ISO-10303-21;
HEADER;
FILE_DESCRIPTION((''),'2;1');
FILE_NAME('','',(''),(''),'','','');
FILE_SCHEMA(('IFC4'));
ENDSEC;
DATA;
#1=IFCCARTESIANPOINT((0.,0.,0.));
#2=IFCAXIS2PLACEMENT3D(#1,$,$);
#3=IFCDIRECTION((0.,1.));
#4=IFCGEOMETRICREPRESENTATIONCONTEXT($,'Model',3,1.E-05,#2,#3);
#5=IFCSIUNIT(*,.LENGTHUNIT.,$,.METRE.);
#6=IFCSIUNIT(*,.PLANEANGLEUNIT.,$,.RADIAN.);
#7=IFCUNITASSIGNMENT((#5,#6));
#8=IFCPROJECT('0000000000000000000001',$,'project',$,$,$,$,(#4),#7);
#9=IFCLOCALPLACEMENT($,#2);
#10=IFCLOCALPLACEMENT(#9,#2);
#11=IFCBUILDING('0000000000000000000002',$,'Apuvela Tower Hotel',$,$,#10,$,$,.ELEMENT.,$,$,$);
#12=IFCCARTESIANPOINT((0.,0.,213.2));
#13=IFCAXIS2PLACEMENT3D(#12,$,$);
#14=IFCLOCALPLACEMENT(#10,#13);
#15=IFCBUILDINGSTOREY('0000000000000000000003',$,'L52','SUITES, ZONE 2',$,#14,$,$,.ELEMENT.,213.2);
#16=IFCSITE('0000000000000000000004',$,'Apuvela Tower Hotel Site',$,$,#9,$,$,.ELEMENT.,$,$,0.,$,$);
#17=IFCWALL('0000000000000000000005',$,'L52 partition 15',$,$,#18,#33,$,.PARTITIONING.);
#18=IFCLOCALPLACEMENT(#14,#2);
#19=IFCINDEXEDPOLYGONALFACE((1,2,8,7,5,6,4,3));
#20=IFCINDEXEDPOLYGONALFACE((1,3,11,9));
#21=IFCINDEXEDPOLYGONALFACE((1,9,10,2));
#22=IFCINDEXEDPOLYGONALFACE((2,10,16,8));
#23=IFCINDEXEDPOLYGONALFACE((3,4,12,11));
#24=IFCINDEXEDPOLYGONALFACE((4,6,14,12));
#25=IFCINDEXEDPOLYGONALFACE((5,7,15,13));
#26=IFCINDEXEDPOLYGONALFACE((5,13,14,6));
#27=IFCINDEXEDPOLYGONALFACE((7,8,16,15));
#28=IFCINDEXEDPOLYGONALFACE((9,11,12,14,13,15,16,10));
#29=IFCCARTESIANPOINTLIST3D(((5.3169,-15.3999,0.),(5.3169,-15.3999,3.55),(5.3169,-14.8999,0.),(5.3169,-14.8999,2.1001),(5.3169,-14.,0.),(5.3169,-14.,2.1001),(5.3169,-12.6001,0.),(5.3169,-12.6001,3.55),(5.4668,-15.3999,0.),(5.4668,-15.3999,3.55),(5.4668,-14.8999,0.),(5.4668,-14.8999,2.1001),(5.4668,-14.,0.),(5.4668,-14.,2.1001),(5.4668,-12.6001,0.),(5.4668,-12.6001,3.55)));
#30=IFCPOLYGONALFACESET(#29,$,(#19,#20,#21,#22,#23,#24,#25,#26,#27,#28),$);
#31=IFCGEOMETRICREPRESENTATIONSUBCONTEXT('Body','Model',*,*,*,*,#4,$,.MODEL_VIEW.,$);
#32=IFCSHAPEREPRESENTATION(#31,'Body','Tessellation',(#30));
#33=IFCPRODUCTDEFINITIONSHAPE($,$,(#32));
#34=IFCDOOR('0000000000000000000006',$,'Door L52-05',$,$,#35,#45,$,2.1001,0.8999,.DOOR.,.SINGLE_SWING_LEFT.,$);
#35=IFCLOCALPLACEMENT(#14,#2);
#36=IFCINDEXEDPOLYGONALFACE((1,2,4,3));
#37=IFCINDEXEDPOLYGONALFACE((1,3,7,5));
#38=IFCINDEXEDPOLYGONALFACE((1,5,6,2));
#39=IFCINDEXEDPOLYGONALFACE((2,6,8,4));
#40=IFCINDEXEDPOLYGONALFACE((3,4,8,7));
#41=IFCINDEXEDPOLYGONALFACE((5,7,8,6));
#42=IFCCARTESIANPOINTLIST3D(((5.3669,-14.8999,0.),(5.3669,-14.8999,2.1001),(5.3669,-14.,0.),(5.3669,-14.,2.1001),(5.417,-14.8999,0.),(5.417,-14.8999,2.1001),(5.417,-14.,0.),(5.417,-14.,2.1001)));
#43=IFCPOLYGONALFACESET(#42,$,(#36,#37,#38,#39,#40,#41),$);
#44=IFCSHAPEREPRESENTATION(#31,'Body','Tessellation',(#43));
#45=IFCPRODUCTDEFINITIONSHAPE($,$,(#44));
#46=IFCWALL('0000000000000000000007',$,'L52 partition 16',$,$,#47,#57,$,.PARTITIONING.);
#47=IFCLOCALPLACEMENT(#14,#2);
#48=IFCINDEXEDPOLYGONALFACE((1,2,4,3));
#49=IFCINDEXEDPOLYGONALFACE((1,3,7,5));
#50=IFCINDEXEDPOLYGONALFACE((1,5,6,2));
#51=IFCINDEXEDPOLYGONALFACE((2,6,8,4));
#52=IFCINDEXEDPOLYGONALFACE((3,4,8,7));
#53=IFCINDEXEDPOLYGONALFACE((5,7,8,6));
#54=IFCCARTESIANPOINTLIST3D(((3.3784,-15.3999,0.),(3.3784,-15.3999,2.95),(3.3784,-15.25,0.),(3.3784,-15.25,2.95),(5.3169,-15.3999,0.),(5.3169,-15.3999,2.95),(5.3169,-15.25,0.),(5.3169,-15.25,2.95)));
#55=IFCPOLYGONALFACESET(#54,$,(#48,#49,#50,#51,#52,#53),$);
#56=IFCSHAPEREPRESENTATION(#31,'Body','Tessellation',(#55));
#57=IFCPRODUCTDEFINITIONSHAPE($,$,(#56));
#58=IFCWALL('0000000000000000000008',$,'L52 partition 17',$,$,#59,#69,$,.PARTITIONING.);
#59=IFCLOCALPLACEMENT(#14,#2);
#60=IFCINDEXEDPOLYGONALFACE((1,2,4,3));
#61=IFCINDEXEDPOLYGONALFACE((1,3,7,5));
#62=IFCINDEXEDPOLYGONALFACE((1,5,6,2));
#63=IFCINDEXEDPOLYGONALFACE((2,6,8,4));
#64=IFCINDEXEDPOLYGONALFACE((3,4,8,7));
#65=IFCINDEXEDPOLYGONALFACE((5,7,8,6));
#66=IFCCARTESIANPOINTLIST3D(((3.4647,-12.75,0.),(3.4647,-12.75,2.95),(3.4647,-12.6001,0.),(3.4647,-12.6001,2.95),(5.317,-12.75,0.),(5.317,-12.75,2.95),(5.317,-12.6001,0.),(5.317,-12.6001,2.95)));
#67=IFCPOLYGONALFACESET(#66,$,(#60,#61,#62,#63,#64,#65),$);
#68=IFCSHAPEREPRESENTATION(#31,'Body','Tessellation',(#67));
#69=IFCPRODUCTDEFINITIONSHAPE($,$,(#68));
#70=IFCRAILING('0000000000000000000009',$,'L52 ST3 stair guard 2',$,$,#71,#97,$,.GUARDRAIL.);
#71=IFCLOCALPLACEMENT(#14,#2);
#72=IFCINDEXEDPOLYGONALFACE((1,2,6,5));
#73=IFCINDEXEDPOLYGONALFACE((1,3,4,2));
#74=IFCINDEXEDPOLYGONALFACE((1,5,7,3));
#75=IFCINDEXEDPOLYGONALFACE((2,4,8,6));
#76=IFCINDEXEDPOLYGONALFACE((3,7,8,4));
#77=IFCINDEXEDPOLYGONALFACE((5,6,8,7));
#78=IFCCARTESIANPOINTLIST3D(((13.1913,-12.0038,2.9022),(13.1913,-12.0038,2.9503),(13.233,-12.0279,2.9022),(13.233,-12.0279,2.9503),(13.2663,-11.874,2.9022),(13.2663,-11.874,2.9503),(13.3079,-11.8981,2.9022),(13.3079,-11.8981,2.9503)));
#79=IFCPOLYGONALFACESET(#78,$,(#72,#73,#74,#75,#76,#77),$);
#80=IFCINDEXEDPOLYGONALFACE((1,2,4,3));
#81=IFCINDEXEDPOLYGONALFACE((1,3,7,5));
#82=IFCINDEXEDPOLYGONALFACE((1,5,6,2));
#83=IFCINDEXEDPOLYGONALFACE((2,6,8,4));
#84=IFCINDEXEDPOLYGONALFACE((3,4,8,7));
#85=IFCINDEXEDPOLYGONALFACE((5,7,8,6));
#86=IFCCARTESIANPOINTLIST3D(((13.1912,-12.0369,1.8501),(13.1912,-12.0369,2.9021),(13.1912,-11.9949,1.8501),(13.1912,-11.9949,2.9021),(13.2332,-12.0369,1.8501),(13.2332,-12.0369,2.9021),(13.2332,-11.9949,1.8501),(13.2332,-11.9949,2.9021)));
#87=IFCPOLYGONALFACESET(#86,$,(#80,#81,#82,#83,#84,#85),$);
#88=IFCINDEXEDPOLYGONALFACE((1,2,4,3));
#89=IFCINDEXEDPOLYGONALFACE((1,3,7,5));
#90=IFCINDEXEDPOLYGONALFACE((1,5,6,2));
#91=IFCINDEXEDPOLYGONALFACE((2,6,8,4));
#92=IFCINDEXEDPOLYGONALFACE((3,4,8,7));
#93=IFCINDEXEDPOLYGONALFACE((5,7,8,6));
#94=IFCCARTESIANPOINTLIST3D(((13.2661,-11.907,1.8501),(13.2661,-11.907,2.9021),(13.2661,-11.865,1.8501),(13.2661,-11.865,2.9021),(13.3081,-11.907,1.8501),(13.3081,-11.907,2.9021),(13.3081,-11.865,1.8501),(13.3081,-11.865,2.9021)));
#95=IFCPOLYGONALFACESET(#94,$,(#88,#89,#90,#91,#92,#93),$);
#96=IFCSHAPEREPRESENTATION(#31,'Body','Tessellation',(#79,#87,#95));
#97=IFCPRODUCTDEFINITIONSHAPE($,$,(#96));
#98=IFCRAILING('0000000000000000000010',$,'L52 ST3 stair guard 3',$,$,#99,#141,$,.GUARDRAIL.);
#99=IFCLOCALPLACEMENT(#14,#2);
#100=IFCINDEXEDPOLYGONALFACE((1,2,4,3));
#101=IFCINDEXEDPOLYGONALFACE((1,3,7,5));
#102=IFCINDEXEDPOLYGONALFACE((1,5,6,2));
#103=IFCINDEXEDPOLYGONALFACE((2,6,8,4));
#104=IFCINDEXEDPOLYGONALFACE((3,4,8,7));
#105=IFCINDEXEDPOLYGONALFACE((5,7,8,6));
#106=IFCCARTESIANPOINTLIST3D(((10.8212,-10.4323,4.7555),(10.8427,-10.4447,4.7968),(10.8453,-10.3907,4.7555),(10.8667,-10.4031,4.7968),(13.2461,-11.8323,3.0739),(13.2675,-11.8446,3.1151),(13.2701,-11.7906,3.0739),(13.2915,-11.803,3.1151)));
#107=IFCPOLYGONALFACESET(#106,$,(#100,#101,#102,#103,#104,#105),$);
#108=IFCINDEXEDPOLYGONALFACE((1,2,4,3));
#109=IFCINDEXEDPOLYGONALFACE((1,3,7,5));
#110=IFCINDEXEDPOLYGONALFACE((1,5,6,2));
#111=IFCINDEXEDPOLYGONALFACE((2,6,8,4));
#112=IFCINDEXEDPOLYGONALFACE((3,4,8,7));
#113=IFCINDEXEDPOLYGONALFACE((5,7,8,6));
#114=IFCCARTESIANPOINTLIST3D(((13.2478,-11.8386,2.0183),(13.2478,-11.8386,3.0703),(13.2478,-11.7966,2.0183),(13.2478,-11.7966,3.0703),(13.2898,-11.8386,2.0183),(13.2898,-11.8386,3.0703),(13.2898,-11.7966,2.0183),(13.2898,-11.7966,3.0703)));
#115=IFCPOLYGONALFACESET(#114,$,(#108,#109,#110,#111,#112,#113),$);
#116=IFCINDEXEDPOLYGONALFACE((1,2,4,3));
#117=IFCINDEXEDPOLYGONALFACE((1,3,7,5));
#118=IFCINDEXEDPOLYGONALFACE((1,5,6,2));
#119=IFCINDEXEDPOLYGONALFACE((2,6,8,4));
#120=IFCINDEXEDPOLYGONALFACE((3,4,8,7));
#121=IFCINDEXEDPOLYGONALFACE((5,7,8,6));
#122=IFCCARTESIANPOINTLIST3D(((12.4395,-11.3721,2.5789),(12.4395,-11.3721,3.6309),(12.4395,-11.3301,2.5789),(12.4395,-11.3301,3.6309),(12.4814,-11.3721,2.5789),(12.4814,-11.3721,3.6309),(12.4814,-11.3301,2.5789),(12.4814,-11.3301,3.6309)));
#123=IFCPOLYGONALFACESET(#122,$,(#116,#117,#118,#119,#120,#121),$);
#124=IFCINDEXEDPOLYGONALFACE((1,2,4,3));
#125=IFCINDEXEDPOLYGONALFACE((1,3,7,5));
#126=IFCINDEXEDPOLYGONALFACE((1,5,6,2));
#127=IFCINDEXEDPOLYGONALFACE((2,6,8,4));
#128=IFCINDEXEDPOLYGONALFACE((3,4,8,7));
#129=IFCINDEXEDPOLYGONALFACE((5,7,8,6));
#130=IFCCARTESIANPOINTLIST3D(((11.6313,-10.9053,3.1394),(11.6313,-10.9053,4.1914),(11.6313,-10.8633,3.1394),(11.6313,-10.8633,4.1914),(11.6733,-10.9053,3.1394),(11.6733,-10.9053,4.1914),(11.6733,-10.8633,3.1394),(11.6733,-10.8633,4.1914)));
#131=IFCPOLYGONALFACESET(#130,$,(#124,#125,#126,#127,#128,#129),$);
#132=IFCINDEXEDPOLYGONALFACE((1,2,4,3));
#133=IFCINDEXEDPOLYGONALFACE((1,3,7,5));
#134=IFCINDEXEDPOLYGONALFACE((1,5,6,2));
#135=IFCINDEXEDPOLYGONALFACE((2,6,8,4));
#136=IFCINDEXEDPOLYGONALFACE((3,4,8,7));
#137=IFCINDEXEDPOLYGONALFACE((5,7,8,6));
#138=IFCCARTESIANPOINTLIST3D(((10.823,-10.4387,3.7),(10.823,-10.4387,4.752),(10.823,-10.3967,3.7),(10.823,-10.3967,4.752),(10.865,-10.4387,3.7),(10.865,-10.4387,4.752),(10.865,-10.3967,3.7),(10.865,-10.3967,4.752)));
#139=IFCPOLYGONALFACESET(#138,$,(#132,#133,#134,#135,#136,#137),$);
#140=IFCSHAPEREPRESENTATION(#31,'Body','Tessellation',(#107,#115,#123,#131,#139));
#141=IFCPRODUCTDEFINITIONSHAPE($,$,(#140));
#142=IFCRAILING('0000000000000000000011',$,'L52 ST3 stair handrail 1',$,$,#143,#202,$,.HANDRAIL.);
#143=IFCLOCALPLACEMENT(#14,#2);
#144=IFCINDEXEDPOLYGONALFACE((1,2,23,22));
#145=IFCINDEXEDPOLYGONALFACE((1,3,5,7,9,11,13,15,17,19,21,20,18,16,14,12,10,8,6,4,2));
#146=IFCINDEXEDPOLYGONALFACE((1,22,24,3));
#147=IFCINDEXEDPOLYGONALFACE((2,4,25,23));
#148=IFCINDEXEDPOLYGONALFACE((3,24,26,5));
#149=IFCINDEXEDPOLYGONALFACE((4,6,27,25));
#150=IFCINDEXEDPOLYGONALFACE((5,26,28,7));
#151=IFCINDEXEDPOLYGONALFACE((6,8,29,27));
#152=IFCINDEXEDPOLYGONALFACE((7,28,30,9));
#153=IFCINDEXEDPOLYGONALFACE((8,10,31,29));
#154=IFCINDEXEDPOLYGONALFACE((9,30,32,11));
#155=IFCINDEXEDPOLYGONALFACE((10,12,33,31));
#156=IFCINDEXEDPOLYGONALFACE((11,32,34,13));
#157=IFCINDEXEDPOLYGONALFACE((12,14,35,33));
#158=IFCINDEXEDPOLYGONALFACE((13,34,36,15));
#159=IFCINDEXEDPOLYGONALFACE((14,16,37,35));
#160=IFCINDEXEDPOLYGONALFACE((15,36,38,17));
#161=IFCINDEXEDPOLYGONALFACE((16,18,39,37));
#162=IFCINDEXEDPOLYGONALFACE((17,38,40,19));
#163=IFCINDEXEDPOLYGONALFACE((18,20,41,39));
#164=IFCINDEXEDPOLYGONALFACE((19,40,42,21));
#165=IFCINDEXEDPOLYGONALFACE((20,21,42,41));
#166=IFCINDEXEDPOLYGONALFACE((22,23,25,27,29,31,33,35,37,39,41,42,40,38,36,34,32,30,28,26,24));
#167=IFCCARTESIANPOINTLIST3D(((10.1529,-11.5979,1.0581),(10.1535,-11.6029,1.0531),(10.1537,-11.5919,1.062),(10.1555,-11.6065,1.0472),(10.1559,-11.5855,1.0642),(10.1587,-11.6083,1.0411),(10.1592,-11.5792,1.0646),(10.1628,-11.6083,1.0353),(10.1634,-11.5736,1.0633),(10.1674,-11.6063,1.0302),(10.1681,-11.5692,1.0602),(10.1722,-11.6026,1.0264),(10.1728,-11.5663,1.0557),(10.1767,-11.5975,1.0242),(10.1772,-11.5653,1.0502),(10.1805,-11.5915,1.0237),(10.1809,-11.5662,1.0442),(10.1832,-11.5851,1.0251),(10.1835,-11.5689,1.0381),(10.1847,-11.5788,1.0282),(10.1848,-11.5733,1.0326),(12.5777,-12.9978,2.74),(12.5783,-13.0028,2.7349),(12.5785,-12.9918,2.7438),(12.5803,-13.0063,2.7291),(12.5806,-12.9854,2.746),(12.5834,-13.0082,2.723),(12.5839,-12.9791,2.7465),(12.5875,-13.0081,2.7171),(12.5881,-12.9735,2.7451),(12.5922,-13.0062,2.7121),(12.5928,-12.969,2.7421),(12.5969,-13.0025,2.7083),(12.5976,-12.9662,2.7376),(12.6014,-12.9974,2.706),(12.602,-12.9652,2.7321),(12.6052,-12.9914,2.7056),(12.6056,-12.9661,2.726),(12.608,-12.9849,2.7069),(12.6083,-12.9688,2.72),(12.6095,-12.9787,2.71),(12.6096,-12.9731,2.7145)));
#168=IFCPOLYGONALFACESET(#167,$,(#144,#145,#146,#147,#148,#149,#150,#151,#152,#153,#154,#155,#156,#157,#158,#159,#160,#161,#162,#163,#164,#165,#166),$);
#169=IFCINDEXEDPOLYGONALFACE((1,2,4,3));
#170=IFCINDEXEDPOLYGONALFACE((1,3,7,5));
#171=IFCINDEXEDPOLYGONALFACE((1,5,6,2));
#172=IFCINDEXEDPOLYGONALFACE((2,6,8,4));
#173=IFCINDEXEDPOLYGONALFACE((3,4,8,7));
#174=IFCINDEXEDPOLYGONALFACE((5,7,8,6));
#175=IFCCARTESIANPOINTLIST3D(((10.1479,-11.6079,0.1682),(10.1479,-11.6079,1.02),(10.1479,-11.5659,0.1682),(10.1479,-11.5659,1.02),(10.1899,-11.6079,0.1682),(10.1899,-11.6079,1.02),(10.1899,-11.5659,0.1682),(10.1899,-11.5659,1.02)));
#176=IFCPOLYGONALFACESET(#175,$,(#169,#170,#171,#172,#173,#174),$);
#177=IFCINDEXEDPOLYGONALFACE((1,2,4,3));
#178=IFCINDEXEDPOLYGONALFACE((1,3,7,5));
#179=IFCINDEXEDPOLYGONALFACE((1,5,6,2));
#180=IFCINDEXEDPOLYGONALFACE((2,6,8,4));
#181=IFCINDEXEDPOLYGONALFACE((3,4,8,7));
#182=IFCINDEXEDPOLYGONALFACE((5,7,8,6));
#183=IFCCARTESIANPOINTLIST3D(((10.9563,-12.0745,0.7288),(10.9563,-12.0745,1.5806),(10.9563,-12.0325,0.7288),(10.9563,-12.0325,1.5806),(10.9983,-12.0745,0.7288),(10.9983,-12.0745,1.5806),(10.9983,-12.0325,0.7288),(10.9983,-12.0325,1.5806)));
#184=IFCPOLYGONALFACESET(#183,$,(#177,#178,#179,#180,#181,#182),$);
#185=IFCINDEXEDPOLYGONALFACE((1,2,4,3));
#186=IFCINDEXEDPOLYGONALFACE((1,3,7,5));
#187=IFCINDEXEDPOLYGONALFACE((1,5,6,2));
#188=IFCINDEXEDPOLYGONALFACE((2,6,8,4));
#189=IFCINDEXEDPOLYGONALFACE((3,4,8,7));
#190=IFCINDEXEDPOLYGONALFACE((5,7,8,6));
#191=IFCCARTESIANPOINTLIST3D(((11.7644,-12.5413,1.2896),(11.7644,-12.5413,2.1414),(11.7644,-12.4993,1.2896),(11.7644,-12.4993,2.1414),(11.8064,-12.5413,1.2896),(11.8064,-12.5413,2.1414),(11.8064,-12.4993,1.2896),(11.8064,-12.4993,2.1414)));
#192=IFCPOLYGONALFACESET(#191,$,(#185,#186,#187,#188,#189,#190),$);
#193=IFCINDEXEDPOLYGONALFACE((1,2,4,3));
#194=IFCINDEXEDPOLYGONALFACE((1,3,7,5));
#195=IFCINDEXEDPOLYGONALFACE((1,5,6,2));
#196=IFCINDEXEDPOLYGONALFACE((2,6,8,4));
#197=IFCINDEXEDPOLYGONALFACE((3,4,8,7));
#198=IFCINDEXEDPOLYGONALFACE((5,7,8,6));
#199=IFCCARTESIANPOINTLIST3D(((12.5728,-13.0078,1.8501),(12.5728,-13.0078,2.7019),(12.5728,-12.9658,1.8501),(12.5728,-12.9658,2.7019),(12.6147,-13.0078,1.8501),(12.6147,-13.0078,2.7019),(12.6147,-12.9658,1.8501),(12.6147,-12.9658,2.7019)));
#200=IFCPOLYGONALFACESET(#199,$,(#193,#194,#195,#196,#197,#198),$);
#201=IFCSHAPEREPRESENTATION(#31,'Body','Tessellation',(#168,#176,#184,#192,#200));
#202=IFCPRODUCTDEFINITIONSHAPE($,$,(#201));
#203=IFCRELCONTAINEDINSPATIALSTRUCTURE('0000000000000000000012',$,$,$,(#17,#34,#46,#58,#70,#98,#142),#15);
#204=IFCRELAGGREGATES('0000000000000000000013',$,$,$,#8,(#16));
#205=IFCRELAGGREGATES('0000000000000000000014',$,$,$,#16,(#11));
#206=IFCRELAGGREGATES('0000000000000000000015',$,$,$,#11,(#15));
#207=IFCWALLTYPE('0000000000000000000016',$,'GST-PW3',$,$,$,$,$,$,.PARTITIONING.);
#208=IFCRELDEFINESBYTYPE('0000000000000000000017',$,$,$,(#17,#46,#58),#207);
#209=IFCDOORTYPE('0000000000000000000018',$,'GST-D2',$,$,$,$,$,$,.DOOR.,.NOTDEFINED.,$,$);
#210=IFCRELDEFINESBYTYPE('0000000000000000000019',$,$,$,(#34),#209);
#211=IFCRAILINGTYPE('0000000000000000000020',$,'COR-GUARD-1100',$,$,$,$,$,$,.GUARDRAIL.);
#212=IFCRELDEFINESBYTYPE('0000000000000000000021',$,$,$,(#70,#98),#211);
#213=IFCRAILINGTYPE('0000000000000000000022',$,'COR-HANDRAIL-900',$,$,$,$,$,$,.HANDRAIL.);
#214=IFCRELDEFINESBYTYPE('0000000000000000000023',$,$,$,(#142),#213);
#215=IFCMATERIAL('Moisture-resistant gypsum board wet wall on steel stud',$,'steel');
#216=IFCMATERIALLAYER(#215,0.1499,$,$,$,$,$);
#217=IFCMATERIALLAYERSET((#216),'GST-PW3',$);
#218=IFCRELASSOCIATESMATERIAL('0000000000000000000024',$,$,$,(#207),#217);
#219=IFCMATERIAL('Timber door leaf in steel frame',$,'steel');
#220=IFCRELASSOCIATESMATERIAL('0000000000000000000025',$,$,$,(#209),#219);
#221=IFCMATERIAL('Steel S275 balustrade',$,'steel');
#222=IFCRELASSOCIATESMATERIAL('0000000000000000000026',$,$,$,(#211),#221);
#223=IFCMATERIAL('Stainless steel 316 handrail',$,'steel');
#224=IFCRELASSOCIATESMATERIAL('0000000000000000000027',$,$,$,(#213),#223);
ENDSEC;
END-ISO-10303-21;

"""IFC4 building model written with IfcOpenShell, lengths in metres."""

from ifc_helpers import new_model, si_unit, direction, frame, frame_2d, origin, origin_2d, place, context, subcontext, project, spatial, rectangle, circle, extrude, material, layer, layer_set, type_object, element, fill, save


model = new_model("IFC4")

# Units and contexts
model_context = context("Model", 3, precision=1e-05, world=origin(), true_north=direction((0.0, 1.0)))
body_context = subcontext(model_context, "Body", "Model", "MODEL_VIEW")
ifc_project = project(units=[si_unit("LENGTHUNIT", "METRE"), si_unit("PLANEANGLEUNIT", "RADIAN")], contexts=[model_context])

# Site, building, storey
site_placement = place(None, origin())
site = spatial("IfcSite", under=ifc_project, at=site_placement, Name="Apuvela Tower Hotel Site", CompositionType="ELEMENT", RefElevation=0.0)
building_placement = place(site_placement, origin())
building = spatial("IfcBuilding", under=site, at=building_placement, Name="Apuvela Tower Hotel", CompositionType="ELEMENT")
storey_placement = place(building_placement, frame((0.0, 0.0, 213.2)))
storey = spatial("IfcBuildingStorey", under=building, at=storey_placement, Name="L52", Description="SUITES, ZONE 2", CompositionType="ELEMENT", Elevation=213.2)

# Shared definitions
ifc_material_1 = material(Name="Moisture-resistant gypsum board wet wall on steel stud", Category="steel")
ifc_layer_1 = layer(ifc_material_1, 0.1499)
ifc_layer_set_1 = layer_set([ifc_layer_1], Name="GST-PW3")
wall_type_1 = type_object("IfcWallType", Name="GST-PW3", PredefinedType="PARTITIONING", material=ifc_layer_set_1)

# Wall, opening, door
wall_1_placement = place(storey_placement, frame((5.3918, -15.3999, 0.0), z_axis=(0.0, 0.0, 1.0), x_axis=(0.0, 1.0, 0.0)))
wall_1 = element("IfcWall", 1, at=wall_1_placement, inside=storey, type_object=wall_type_1, Name="L52 partition 15", PredefinedType="PARTITIONING", context=body_context, shape_type="SweptSolid", body=[
    extrude(rectangle(XDim=2.7998, YDim=0.1499, at=frame_2d((1.3999, 0.0))), origin(), (0.0, 0.0, 1.0), 3.55),
])
opening_1_placement = place(wall_1_placement, frame((0.5, 0.0, 0.0)))
opening_1 = element("IfcOpeningElement", 2, at=opening_1_placement, cuts=wall_1, PredefinedType="OPENING", context=body_context, shape_type="SweptSolid", body=[
    extrude(rectangle(XDim=0.8999, YDim=2.1001, at=frame_2d((0.45, 1.05))), frame((0.0, 0.085, 0.0), z_axis=(0.0, -1.0, 0.0), x_axis=(1.0, 0.0, 0.0)), (0.0, 0.0, 1.0), 0.1699),
])
ifc_material_2 = material(Name="Timber door leaf in steel frame", Category="steel")
door_type_1 = type_object("IfcDoorType", Name="GST-D2", OperationType="NOTDEFINED", PredefinedType="DOOR", material=ifc_material_2)
door_1_placement = place(opening_1_placement, origin())
door_1 = element("IfcDoor", 3, at=door_1_placement, inside=storey, type_object=door_type_1, Name="Door L52-05", OperationType="SINGLE_SWING_LEFT", OverallHeight=2.1001, OverallWidth=0.8999, PredefinedType="DOOR", context=body_context, shape_type="SweptSolid", body=[
    extrude(rectangle(XDim=0.8999, YDim=2.1001, at=frame_2d((0.45, 1.05))), frame((0.0, 0.0249, 0.0), z_axis=(0.0, -1.0, 0.0), x_axis=(1.0, 0.0, 0.0)), (0.0, 0.0, 1.0), 0.05),
])
fill(opening_1, door_1)

# Walls
wall_2_placement = place(storey_placement, frame((3.3784, -15.325, 0.0), z_axis=(0.0, 0.0, 1.0), x_axis=(1.0, 0.0, 0.0)))
element("IfcWall", 4, at=wall_2_placement, inside=storey, type_object=wall_type_1, Name="L52 partition 16", PredefinedType="PARTITIONING", context=body_context, shape_type="SweptSolid", body=[
    extrude(rectangle(XDim=1.9385, YDim=0.1499, at=frame_2d((0.9692, 0.0))), origin(), (0.0, 0.0, 1.0), 2.95),
])
wall_3_placement = place(storey_placement, frame((3.4646, -12.675, 0.0), z_axis=(0.0, 0.0, 1.0), x_axis=(1.0, 0.0, 0.0)))
element("IfcWall", 5, at=wall_3_placement, inside=storey, type_object=wall_type_1, Name="L52 partition 17", PredefinedType="PARTITIONING", context=body_context, shape_type="SweptSolid", body=[
    extrude(rectangle(XDim=1.8523, YDim=0.1499, at=frame_2d((0.9263, 0.0))), origin(), (0.0, 0.0, 1.0), 2.95),
])

# Railings
ifc_material_3 = material(Name="Steel S275 balustrade", Category="steel")
railing_type_1 = type_object("IfcRailingType", Name="COR-GUARD-1100", PredefinedType="GUARDRAIL", material=ifc_material_3)
railing_1_placement = place(storey_placement, frame((13.2122, -12.0159, 1.8501)))
element("IfcRailing", 6, at=railing_1_placement, inside=storey, type_object=railing_type_1, Name="L52 ST3 stair guard 2", PredefinedType="GUARDRAIL", context=body_context, shape_type="SweptSolid", body=[
    extrude(rectangle(XDim=0.0481, YDim=0.0481, at=origin_2d()), frame((0.0, 0.0, 1.0762), z_axis=(0.499816, 0.866131, 0.0), x_axis=(-0.866131, 0.499816, 0.0)), (0.0, 0.0, 1.0), 0.1499),
    extrude(rectangle(XDim=0.042, YDim=0.042, at=origin_2d()), origin(), (0.0, 0.0, 1.0), 1.052),
    extrude(rectangle(XDim=0.042, YDim=0.042, at=origin_2d()), frame((0.075, 0.1299, 0.0)), (0.0, 0.0, 1.0), 1.052),
])
railing_2_placement = place(storey_placement, frame((13.2688, -11.8176, 2.0183)))
element("IfcRailing", 7, at=railing_2_placement, inside=storey, type_object=railing_type_1, Name="L52 ST3 stair guard 3", PredefinedType="GUARDRAIL", context=body_context, shape_type="SweptSolid", body=[
    extrude(rectangle(XDim=0.0481, YDim=0.0481, at=origin_2d()), frame((0.0, 0.0, 1.0762), z_axis=(-0.742419, 0.428618, 0.514879), x_axis=(-0.499984, -0.866035, 0.0)), (0.0, 0.0, 1.0), 3.2661),
    extrude(rectangle(XDim=0.042, YDim=0.042, at=origin_2d()), origin(), (0.0, 0.0, 1.0), 1.052),
    extrude(rectangle(XDim=0.042, YDim=0.042, at=origin_2d()), frame((-0.8083, 0.4666, 0.5605)), (0.0, 0.0, 1.0), 1.052),
    extrude(rectangle(XDim=0.042, YDim=0.042, at=origin_2d()), frame((-1.6165, 0.9333, 1.1211)), (0.0, 0.0, 1.0), 1.052),
    extrude(rectangle(XDim=0.042, YDim=0.042, at=origin_2d()), frame((-2.4248, 1.3999, 1.6816)), (0.0, 0.0, 1.0), 1.052),
])
ifc_material_4 = material(Name="Stainless steel 316 handrail", Category="steel")
railing_type_2 = type_object("IfcRailingType", Name="COR-HANDRAIL-900", PredefinedType="HANDRAIL", material=ifc_material_4)
railing_3_placement = place(storey_placement, frame((10.1689, -11.5869, 0.1682)))
element("IfcRailing", 8, at=railing_3_placement, inside=storey, type_object=railing_type_2, Name="L52 ST3 stair handrail 1", PredefinedType="HANDRAIL", context=body_context, shape_type="SweptSolid", body=[
    extrude(circle(Radius=0.0239, at=origin_2d()), frame((0.0, 0.0, 0.876), z_axis=(0.74239, -0.428601, 0.514934), x_axis=(0.499984, 0.866035, 0.0)), (0.0, 0.0, 1.0), 3.2661),
    extrude(rectangle(XDim=0.042, YDim=0.042, at=origin_2d()), origin(), (0.0, 0.0, 1.0), 0.8518),
    extrude(rectangle(XDim=0.042, YDim=0.042, at=origin_2d()), frame((0.8083, -0.4666, 0.5605)), (0.0, 0.0, 1.0), 0.8518),
    extrude(rectangle(XDim=0.042, YDim=0.042, at=origin_2d()), frame((1.6165, -0.9333, 1.1213)), (0.0, 0.0, 1.0), 0.8518),
    extrude(rectangle(XDim=0.042, YDim=0.042, at=origin_2d()), frame((2.4248, -1.3999, 1.6819)), (0.0, 0.0, 1.0), 0.8518),
])

save(model, "model.ifc")
